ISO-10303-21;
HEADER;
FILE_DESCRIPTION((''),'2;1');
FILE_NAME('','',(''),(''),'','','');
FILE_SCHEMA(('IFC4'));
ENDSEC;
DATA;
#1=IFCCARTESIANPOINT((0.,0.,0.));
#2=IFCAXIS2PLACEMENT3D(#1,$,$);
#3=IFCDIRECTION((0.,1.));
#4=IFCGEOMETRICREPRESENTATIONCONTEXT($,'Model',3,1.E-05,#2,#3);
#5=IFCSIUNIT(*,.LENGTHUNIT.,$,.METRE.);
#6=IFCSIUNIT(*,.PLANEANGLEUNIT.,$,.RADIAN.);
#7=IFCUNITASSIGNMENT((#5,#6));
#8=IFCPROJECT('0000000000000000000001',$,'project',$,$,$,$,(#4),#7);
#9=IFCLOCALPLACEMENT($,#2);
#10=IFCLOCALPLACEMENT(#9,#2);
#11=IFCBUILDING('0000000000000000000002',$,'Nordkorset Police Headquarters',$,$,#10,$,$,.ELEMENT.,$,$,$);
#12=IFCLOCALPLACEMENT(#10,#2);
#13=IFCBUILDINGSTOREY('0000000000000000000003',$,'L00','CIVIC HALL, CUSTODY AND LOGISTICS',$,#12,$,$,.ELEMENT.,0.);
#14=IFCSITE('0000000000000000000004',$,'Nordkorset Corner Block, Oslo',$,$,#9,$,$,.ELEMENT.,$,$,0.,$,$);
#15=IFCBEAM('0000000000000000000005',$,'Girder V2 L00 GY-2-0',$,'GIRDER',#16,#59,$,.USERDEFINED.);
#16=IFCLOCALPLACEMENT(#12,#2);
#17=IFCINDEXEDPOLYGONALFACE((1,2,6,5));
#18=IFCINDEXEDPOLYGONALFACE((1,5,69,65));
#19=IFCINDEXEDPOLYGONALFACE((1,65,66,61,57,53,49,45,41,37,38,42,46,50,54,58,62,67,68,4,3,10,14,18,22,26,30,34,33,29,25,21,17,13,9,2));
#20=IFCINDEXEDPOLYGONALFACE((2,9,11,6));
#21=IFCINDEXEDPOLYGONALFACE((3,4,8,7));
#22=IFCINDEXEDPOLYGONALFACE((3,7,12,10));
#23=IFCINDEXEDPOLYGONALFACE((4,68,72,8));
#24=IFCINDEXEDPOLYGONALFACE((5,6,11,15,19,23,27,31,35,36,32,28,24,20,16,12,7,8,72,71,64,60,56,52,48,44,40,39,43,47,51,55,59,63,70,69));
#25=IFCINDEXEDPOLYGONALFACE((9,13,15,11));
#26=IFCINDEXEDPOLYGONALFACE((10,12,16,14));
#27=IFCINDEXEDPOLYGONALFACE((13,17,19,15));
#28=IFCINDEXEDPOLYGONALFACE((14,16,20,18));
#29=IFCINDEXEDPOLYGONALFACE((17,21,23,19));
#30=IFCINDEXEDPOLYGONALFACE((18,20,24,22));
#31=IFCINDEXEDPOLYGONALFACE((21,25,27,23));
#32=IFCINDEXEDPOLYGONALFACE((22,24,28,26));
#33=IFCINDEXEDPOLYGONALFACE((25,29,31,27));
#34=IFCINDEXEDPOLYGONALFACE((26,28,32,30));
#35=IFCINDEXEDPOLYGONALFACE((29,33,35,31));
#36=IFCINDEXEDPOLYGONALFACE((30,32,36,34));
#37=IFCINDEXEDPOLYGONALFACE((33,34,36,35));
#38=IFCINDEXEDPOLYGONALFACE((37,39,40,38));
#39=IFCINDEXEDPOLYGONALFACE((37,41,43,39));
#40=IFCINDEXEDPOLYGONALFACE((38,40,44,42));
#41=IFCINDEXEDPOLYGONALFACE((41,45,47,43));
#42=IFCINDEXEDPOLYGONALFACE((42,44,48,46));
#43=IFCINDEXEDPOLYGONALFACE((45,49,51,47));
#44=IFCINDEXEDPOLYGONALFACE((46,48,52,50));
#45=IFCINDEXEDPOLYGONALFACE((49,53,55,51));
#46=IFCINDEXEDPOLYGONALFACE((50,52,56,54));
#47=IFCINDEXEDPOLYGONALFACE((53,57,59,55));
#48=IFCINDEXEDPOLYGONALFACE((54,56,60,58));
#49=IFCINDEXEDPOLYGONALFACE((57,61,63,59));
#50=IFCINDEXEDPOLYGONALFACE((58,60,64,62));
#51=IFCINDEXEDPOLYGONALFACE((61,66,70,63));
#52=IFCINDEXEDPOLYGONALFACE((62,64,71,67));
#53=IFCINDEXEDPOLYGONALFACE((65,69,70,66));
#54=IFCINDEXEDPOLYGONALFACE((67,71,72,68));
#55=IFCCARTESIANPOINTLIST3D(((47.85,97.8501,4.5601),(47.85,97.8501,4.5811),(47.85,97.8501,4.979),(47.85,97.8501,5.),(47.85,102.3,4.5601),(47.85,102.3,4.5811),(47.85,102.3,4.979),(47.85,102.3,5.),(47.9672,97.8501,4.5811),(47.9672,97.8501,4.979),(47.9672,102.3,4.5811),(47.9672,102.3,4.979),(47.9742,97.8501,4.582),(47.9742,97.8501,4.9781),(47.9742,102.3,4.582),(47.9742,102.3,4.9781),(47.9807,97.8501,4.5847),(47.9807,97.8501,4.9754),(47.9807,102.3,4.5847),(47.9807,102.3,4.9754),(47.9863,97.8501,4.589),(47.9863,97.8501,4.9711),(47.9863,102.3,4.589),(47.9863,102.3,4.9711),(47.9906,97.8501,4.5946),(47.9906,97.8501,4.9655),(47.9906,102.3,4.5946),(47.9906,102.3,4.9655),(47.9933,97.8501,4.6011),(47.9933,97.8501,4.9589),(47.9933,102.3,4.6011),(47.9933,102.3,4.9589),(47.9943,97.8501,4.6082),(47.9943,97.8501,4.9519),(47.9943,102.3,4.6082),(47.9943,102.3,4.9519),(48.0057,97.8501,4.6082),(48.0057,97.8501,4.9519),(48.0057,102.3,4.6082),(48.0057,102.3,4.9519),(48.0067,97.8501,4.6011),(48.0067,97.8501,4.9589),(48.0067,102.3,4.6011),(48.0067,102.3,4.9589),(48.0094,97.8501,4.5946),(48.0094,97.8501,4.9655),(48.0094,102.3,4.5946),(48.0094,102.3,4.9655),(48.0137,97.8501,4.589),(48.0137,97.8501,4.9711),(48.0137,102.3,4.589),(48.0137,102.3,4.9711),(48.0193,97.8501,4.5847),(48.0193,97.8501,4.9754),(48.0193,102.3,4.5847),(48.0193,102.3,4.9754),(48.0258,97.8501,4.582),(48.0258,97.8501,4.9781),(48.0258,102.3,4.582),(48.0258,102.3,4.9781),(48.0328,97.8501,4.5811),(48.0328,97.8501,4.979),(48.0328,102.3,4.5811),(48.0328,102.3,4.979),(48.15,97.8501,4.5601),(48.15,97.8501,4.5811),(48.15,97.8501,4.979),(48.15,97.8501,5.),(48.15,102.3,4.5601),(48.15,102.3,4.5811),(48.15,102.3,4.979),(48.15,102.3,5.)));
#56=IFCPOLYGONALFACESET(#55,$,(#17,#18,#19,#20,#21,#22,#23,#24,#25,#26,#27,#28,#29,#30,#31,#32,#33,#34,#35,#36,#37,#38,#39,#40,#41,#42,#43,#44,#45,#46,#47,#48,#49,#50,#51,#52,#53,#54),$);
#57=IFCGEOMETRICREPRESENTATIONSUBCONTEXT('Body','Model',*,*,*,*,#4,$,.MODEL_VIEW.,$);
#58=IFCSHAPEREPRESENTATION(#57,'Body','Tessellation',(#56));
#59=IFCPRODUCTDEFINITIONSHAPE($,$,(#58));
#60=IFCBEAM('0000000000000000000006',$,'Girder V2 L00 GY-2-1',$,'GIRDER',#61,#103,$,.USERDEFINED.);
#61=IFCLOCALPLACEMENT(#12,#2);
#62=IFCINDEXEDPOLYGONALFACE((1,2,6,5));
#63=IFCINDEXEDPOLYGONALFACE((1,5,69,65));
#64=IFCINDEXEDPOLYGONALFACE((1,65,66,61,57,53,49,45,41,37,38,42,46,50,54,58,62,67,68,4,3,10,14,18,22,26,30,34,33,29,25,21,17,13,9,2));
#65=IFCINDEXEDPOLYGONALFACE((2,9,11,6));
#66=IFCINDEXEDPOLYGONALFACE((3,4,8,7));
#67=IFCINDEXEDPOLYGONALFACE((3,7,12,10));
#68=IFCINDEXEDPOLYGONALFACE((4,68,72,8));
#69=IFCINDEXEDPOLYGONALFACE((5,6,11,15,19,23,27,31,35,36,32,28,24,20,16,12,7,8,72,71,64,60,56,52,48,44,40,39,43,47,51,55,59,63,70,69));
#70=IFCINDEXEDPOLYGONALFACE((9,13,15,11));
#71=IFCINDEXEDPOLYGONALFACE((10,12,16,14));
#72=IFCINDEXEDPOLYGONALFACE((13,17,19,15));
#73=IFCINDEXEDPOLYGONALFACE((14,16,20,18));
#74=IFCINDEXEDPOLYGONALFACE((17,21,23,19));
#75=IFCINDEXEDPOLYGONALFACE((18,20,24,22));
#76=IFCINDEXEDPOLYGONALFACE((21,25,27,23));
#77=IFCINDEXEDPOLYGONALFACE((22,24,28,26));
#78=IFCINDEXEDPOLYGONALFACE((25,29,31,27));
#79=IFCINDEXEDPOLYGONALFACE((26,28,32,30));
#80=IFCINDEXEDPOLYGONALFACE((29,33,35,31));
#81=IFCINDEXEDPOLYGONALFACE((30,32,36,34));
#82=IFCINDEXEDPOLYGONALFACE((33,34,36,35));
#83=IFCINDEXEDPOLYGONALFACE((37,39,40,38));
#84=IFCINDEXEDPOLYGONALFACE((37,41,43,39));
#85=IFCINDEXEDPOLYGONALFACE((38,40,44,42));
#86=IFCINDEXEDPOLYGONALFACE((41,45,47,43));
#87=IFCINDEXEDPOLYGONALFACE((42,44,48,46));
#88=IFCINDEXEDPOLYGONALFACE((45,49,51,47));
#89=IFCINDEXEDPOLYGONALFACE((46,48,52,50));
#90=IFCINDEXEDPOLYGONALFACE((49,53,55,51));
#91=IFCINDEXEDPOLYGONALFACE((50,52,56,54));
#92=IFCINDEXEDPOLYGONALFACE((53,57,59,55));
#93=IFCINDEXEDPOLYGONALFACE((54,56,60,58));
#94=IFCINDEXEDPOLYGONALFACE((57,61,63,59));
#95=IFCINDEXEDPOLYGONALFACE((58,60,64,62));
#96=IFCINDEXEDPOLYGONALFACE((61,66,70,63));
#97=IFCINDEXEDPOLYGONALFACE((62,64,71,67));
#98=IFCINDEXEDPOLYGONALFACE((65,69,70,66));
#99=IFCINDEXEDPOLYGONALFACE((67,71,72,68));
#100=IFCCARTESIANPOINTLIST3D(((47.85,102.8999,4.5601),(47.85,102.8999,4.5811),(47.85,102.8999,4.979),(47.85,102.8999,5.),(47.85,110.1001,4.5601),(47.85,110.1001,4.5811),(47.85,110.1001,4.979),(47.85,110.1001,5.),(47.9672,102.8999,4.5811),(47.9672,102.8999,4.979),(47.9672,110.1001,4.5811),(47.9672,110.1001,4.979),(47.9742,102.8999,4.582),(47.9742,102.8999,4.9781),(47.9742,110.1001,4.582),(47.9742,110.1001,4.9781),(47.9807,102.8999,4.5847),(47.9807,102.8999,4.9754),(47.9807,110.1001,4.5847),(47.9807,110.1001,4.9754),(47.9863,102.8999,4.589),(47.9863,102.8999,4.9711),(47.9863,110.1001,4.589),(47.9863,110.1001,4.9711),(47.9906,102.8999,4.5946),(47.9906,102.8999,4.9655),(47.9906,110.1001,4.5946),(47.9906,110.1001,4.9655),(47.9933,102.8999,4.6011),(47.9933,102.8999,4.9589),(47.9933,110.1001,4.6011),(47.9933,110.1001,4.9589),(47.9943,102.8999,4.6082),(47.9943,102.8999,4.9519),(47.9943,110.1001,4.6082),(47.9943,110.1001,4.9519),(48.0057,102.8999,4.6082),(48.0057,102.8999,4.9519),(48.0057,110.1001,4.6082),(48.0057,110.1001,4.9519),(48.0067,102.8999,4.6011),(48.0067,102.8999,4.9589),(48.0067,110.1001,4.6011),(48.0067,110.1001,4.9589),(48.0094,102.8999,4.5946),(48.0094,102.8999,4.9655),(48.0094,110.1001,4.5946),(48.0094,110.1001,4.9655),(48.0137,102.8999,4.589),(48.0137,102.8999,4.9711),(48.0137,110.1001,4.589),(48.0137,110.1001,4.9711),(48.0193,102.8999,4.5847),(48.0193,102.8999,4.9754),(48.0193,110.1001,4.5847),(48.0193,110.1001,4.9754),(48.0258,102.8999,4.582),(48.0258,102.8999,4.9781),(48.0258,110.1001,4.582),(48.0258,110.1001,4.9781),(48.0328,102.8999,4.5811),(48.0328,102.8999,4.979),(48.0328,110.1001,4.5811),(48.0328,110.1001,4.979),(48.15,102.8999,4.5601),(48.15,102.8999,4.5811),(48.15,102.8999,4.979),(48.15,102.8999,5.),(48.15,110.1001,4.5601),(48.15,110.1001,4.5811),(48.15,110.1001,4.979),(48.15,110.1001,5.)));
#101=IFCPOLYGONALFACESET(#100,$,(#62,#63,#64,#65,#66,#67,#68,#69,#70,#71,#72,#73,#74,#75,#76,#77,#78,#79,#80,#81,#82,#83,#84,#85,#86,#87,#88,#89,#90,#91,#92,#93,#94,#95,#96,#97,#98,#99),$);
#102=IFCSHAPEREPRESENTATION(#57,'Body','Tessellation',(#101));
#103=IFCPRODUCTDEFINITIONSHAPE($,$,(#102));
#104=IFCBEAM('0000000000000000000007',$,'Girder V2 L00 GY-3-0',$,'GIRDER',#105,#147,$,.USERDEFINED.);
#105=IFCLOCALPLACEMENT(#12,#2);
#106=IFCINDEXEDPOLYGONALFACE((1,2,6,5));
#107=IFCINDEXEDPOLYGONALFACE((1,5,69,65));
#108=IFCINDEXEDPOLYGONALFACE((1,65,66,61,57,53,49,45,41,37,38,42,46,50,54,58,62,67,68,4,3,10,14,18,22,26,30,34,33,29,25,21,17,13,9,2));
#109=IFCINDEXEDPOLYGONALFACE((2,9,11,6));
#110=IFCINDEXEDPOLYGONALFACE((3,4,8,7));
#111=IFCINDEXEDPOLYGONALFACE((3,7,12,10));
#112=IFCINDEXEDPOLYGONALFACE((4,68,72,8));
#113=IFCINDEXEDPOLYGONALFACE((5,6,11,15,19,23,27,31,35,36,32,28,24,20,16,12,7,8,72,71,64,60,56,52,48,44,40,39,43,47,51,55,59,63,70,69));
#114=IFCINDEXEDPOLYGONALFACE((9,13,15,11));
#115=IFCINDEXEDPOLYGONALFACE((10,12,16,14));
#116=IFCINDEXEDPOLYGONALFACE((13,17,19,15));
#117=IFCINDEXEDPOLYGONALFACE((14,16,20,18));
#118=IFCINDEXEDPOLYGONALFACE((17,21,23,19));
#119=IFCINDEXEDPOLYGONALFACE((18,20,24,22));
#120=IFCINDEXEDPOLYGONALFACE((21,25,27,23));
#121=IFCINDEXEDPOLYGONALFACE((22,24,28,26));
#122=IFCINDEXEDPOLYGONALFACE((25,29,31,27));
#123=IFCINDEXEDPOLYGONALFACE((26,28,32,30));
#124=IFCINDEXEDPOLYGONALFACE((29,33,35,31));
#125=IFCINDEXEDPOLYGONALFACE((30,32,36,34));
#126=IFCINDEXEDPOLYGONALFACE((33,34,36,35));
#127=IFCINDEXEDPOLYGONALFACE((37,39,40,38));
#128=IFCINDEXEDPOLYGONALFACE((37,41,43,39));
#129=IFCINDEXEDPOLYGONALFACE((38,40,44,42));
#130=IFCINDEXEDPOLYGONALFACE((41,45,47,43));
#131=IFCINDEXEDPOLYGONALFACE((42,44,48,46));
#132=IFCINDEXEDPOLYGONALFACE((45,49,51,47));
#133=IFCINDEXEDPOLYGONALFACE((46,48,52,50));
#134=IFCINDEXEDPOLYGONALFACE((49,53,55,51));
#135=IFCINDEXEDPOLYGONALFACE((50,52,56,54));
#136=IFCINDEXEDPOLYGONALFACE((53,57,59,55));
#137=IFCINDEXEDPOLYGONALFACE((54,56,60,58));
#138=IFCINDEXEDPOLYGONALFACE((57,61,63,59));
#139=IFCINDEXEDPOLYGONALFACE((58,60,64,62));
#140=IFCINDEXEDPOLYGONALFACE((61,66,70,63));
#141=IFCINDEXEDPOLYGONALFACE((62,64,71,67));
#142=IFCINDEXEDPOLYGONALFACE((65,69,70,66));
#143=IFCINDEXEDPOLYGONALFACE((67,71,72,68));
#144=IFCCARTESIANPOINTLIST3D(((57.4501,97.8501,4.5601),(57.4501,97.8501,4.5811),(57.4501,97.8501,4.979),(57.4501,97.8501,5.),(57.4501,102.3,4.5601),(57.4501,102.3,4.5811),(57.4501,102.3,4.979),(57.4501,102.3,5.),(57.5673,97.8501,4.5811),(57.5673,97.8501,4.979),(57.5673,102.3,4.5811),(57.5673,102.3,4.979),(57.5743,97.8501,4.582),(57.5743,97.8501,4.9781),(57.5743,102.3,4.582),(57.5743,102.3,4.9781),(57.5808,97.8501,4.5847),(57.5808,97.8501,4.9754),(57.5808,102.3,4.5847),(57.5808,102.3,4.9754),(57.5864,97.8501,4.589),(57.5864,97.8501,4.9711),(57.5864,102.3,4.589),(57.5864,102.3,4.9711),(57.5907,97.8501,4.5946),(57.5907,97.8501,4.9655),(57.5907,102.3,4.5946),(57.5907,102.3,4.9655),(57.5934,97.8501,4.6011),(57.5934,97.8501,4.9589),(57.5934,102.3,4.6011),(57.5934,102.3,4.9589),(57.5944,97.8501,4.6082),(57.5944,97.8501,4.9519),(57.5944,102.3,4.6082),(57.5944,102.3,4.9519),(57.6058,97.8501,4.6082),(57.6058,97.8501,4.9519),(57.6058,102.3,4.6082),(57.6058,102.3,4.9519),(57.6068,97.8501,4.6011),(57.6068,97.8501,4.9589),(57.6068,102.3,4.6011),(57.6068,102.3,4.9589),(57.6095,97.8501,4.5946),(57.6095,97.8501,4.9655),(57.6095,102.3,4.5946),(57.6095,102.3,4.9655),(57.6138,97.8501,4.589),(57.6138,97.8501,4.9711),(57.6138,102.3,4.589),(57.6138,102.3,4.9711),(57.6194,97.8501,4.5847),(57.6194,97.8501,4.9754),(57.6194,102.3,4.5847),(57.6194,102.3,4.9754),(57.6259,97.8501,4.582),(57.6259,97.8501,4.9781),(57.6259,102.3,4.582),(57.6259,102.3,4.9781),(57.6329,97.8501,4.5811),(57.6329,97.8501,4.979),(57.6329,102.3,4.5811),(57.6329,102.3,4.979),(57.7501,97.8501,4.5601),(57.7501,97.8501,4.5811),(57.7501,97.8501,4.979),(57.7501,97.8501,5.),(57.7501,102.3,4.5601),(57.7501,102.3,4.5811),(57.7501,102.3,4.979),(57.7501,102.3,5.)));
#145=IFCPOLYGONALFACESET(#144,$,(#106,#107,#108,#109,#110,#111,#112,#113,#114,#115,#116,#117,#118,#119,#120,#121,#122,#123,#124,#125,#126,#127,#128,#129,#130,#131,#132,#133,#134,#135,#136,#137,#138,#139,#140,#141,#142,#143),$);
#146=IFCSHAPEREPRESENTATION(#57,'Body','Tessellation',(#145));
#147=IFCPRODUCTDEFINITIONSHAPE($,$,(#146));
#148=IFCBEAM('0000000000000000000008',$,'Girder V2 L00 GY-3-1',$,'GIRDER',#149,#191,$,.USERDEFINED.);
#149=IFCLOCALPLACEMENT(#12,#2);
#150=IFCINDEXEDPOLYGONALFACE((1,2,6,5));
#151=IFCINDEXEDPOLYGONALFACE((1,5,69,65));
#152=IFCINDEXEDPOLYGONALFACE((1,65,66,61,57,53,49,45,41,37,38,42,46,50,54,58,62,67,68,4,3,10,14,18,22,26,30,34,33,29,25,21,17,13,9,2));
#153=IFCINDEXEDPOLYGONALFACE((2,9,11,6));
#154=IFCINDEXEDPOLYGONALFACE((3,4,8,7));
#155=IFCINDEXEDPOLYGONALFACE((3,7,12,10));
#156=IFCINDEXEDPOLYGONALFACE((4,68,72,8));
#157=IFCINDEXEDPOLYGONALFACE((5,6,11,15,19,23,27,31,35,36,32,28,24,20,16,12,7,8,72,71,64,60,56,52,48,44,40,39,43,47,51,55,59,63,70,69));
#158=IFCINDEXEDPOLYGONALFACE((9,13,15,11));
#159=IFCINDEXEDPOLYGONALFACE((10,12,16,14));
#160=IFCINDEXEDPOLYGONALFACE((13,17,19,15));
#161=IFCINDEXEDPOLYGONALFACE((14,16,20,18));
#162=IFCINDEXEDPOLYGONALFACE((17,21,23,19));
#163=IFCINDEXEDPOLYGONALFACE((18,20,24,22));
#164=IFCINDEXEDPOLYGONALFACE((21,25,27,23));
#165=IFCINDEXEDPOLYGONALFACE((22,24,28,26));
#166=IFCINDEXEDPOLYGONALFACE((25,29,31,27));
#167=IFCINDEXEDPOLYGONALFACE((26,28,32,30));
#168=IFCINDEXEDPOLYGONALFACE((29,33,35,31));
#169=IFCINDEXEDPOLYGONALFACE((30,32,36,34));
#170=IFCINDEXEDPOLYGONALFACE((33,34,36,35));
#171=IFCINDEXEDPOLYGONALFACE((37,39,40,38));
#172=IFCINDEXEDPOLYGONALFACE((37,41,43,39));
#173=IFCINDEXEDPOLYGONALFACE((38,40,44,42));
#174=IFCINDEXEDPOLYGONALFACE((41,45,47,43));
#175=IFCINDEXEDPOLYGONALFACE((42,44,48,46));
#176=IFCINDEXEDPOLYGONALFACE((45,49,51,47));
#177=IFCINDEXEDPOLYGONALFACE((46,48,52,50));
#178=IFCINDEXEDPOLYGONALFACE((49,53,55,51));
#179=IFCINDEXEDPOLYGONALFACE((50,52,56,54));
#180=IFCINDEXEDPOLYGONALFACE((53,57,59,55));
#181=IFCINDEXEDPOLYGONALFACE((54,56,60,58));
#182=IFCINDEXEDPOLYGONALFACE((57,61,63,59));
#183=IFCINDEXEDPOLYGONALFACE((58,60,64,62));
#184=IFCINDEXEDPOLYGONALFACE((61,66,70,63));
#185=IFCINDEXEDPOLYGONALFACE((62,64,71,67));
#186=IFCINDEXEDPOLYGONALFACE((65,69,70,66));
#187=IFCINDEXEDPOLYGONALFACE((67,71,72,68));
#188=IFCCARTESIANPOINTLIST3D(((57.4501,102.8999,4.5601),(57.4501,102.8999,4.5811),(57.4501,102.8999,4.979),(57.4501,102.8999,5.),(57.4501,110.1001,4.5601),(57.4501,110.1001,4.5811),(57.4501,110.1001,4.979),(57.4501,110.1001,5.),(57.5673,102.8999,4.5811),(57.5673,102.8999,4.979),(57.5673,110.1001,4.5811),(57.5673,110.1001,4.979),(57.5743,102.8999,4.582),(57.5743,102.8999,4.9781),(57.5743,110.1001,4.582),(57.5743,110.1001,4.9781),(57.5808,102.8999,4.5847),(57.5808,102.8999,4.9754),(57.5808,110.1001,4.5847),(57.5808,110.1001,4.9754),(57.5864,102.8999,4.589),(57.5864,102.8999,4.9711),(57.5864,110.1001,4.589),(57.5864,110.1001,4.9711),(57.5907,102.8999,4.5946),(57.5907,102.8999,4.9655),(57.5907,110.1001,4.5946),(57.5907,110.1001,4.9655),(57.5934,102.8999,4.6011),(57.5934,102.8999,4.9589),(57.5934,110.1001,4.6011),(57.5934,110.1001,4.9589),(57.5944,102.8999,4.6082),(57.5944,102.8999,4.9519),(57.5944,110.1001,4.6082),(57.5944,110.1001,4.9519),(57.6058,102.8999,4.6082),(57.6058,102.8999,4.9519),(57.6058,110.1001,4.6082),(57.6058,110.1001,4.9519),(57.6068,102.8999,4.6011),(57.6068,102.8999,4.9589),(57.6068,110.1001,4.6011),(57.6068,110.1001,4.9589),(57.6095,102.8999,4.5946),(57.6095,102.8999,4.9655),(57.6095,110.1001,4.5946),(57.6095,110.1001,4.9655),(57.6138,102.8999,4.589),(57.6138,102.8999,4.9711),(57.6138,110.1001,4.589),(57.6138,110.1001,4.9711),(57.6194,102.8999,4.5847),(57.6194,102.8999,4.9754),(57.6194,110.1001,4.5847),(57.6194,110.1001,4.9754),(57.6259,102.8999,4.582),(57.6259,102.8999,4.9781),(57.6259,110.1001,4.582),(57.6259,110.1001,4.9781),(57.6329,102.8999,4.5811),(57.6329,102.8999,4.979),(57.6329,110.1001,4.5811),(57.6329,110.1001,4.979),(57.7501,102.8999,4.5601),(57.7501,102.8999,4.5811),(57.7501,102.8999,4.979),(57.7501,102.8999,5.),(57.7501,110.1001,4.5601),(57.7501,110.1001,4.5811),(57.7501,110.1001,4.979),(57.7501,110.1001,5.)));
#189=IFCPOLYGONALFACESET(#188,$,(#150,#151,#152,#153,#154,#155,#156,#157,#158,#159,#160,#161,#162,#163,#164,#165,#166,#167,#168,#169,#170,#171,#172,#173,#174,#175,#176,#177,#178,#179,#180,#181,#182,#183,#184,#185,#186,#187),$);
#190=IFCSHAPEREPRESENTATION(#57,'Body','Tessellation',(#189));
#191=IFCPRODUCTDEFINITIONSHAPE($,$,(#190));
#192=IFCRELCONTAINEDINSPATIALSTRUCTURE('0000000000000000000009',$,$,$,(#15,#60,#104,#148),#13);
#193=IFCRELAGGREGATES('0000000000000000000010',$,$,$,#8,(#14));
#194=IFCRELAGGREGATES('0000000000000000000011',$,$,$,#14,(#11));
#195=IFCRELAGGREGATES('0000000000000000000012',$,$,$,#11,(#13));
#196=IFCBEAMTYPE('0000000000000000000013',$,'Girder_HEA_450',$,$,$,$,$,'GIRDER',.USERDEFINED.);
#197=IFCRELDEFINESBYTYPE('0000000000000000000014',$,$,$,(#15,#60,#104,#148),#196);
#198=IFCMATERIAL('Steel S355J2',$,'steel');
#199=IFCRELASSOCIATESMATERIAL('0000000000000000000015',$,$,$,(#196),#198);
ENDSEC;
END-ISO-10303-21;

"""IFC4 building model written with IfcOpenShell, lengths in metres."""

from ifc_helpers import new_model, si_unit, direction, frame, origin, origin_2d, place, context, subcontext, project, spatial, i_section, extrude, material, material_profile, profile_set, type_object, element, save


model = new_model("IFC4")

# Units and contexts
model_context = context("Model", 3, precision=1e-05, world=origin(), true_north=direction((0.0, 1.0)))
body_context = subcontext(model_context, "Body", "Model", "MODEL_VIEW")
ifc_project = project(units=[si_unit("LENGTHUNIT", "METRE"), si_unit("PLANEANGLEUNIT", "RADIAN")], contexts=[model_context])

# Site, building, storey
site_placement = place(None, origin())
site = spatial("IfcSite", under=ifc_project, at=site_placement, Name="Nordkorset Corner Block, Oslo", CompositionType="ELEMENT", RefElevation=0.0)
building_placement = place(site_placement, origin())
building = spatial("IfcBuilding", under=site, at=building_placement, Name="Nordkorset Police Headquarters", CompositionType="ELEMENT")
storey_placement = place(building_placement, origin())
storey = spatial("IfcBuildingStorey", under=building, at=storey_placement, Name="L00", Description="CIVIC HALL, CUSTODY AND LOGISTICS", CompositionType="ELEMENT", Elevation=0.0)

# Beams
ifc_material_1 = material(Name="Steel S355J2", Category="steel")
ifc_material_profile_1 = material_profile(ifc_material_1, i_section(OverallWidth=0.3, OverallDepth=0.4399, WebThickness=0.0115, FlangeThickness=0.021, FilletRadius=0.0271, at=origin_2d()), Name="HEA 450")
ifc_profile_set_1 = profile_set([ifc_material_profile_1], Name="Steel S355J2")
beam_type_1 = type_object("IfcBeamType", Name="Girder_HEA_450", ElementType="GIRDER", PredefinedType="USERDEFINED", material=ifc_profile_set_1)
beam_1_placement = place(storey_placement, frame((48.0, 97.8501, 4.78), z_axis=(0.0, 1.0, 0.0), x_axis=(-1.0, 0.0, 0.0)))
element("IfcBeam", 1, at=beam_1_placement, inside=storey, type_object=beam_type_1, Name="Girder V2 L00 GY-2-0", ObjectType="GIRDER", PredefinedType="USERDEFINED", context=body_context, shape_type="SweptSolid", body=[
    extrude(i_section(OverallWidth=0.3, OverallDepth=0.4399, WebThickness=0.0115, FlangeThickness=0.021, FilletRadius=0.0271, at=origin_2d()), origin(), (0.0, 0.0, 1.0), 4.45),
])
beam_2_placement = place(storey_placement, frame((48.0, 102.8999, 4.78), z_axis=(0.0, 1.0, 0.0), x_axis=(-1.0, 0.0, 0.0)))
element("IfcBeam", 2, at=beam_2_placement, inside=storey, type_object=beam_type_1, Name="Girder V2 L00 GY-2-1", ObjectType="GIRDER", PredefinedType="USERDEFINED", context=body_context, shape_type="SweptSolid", body=[
    extrude(i_section(OverallWidth=0.3, OverallDepth=0.4399, WebThickness=0.0115, FlangeThickness=0.021, FilletRadius=0.0271, at=origin_2d()), origin(), (0.0, 0.0, 1.0), 7.2002),
])
beam_3_placement = place(storey_placement, frame((57.6001, 97.8501, 4.78), z_axis=(0.0, 1.0, 0.0), x_axis=(-1.0, 0.0, 0.0)))
element("IfcBeam", 3, at=beam_3_placement, inside=storey, type_object=beam_type_1, Name="Girder V2 L00 GY-3-0", ObjectType="GIRDER", PredefinedType="USERDEFINED", context=body_context, shape_type="SweptSolid", body=[
    extrude(i_section(OverallWidth=0.3, OverallDepth=0.4399, WebThickness=0.0115, FlangeThickness=0.021, FilletRadius=0.0271, at=origin_2d()), origin(), (0.0, 0.0, 1.0), 4.45),
])
beam_4_placement = place(storey_placement, frame((57.6001, 102.8999, 4.78), z_axis=(0.0, 1.0, 0.0), x_axis=(-1.0, 0.0, 0.0)))
element("IfcBeam", 4, at=beam_4_placement, inside=storey, type_object=beam_type_1, Name="Girder V2 L00 GY-3-1", ObjectType="GIRDER", PredefinedType="USERDEFINED", context=body_context, shape_type="SweptSolid", body=[
    extrude(i_section(OverallWidth=0.3, OverallDepth=0.4399, WebThickness=0.0115, FlangeThickness=0.021, FilletRadius=0.0271, at=origin_2d()), origin(), (0.0, 0.0, 1.0), 7.2002),
])

save(model, "model.ifc")
